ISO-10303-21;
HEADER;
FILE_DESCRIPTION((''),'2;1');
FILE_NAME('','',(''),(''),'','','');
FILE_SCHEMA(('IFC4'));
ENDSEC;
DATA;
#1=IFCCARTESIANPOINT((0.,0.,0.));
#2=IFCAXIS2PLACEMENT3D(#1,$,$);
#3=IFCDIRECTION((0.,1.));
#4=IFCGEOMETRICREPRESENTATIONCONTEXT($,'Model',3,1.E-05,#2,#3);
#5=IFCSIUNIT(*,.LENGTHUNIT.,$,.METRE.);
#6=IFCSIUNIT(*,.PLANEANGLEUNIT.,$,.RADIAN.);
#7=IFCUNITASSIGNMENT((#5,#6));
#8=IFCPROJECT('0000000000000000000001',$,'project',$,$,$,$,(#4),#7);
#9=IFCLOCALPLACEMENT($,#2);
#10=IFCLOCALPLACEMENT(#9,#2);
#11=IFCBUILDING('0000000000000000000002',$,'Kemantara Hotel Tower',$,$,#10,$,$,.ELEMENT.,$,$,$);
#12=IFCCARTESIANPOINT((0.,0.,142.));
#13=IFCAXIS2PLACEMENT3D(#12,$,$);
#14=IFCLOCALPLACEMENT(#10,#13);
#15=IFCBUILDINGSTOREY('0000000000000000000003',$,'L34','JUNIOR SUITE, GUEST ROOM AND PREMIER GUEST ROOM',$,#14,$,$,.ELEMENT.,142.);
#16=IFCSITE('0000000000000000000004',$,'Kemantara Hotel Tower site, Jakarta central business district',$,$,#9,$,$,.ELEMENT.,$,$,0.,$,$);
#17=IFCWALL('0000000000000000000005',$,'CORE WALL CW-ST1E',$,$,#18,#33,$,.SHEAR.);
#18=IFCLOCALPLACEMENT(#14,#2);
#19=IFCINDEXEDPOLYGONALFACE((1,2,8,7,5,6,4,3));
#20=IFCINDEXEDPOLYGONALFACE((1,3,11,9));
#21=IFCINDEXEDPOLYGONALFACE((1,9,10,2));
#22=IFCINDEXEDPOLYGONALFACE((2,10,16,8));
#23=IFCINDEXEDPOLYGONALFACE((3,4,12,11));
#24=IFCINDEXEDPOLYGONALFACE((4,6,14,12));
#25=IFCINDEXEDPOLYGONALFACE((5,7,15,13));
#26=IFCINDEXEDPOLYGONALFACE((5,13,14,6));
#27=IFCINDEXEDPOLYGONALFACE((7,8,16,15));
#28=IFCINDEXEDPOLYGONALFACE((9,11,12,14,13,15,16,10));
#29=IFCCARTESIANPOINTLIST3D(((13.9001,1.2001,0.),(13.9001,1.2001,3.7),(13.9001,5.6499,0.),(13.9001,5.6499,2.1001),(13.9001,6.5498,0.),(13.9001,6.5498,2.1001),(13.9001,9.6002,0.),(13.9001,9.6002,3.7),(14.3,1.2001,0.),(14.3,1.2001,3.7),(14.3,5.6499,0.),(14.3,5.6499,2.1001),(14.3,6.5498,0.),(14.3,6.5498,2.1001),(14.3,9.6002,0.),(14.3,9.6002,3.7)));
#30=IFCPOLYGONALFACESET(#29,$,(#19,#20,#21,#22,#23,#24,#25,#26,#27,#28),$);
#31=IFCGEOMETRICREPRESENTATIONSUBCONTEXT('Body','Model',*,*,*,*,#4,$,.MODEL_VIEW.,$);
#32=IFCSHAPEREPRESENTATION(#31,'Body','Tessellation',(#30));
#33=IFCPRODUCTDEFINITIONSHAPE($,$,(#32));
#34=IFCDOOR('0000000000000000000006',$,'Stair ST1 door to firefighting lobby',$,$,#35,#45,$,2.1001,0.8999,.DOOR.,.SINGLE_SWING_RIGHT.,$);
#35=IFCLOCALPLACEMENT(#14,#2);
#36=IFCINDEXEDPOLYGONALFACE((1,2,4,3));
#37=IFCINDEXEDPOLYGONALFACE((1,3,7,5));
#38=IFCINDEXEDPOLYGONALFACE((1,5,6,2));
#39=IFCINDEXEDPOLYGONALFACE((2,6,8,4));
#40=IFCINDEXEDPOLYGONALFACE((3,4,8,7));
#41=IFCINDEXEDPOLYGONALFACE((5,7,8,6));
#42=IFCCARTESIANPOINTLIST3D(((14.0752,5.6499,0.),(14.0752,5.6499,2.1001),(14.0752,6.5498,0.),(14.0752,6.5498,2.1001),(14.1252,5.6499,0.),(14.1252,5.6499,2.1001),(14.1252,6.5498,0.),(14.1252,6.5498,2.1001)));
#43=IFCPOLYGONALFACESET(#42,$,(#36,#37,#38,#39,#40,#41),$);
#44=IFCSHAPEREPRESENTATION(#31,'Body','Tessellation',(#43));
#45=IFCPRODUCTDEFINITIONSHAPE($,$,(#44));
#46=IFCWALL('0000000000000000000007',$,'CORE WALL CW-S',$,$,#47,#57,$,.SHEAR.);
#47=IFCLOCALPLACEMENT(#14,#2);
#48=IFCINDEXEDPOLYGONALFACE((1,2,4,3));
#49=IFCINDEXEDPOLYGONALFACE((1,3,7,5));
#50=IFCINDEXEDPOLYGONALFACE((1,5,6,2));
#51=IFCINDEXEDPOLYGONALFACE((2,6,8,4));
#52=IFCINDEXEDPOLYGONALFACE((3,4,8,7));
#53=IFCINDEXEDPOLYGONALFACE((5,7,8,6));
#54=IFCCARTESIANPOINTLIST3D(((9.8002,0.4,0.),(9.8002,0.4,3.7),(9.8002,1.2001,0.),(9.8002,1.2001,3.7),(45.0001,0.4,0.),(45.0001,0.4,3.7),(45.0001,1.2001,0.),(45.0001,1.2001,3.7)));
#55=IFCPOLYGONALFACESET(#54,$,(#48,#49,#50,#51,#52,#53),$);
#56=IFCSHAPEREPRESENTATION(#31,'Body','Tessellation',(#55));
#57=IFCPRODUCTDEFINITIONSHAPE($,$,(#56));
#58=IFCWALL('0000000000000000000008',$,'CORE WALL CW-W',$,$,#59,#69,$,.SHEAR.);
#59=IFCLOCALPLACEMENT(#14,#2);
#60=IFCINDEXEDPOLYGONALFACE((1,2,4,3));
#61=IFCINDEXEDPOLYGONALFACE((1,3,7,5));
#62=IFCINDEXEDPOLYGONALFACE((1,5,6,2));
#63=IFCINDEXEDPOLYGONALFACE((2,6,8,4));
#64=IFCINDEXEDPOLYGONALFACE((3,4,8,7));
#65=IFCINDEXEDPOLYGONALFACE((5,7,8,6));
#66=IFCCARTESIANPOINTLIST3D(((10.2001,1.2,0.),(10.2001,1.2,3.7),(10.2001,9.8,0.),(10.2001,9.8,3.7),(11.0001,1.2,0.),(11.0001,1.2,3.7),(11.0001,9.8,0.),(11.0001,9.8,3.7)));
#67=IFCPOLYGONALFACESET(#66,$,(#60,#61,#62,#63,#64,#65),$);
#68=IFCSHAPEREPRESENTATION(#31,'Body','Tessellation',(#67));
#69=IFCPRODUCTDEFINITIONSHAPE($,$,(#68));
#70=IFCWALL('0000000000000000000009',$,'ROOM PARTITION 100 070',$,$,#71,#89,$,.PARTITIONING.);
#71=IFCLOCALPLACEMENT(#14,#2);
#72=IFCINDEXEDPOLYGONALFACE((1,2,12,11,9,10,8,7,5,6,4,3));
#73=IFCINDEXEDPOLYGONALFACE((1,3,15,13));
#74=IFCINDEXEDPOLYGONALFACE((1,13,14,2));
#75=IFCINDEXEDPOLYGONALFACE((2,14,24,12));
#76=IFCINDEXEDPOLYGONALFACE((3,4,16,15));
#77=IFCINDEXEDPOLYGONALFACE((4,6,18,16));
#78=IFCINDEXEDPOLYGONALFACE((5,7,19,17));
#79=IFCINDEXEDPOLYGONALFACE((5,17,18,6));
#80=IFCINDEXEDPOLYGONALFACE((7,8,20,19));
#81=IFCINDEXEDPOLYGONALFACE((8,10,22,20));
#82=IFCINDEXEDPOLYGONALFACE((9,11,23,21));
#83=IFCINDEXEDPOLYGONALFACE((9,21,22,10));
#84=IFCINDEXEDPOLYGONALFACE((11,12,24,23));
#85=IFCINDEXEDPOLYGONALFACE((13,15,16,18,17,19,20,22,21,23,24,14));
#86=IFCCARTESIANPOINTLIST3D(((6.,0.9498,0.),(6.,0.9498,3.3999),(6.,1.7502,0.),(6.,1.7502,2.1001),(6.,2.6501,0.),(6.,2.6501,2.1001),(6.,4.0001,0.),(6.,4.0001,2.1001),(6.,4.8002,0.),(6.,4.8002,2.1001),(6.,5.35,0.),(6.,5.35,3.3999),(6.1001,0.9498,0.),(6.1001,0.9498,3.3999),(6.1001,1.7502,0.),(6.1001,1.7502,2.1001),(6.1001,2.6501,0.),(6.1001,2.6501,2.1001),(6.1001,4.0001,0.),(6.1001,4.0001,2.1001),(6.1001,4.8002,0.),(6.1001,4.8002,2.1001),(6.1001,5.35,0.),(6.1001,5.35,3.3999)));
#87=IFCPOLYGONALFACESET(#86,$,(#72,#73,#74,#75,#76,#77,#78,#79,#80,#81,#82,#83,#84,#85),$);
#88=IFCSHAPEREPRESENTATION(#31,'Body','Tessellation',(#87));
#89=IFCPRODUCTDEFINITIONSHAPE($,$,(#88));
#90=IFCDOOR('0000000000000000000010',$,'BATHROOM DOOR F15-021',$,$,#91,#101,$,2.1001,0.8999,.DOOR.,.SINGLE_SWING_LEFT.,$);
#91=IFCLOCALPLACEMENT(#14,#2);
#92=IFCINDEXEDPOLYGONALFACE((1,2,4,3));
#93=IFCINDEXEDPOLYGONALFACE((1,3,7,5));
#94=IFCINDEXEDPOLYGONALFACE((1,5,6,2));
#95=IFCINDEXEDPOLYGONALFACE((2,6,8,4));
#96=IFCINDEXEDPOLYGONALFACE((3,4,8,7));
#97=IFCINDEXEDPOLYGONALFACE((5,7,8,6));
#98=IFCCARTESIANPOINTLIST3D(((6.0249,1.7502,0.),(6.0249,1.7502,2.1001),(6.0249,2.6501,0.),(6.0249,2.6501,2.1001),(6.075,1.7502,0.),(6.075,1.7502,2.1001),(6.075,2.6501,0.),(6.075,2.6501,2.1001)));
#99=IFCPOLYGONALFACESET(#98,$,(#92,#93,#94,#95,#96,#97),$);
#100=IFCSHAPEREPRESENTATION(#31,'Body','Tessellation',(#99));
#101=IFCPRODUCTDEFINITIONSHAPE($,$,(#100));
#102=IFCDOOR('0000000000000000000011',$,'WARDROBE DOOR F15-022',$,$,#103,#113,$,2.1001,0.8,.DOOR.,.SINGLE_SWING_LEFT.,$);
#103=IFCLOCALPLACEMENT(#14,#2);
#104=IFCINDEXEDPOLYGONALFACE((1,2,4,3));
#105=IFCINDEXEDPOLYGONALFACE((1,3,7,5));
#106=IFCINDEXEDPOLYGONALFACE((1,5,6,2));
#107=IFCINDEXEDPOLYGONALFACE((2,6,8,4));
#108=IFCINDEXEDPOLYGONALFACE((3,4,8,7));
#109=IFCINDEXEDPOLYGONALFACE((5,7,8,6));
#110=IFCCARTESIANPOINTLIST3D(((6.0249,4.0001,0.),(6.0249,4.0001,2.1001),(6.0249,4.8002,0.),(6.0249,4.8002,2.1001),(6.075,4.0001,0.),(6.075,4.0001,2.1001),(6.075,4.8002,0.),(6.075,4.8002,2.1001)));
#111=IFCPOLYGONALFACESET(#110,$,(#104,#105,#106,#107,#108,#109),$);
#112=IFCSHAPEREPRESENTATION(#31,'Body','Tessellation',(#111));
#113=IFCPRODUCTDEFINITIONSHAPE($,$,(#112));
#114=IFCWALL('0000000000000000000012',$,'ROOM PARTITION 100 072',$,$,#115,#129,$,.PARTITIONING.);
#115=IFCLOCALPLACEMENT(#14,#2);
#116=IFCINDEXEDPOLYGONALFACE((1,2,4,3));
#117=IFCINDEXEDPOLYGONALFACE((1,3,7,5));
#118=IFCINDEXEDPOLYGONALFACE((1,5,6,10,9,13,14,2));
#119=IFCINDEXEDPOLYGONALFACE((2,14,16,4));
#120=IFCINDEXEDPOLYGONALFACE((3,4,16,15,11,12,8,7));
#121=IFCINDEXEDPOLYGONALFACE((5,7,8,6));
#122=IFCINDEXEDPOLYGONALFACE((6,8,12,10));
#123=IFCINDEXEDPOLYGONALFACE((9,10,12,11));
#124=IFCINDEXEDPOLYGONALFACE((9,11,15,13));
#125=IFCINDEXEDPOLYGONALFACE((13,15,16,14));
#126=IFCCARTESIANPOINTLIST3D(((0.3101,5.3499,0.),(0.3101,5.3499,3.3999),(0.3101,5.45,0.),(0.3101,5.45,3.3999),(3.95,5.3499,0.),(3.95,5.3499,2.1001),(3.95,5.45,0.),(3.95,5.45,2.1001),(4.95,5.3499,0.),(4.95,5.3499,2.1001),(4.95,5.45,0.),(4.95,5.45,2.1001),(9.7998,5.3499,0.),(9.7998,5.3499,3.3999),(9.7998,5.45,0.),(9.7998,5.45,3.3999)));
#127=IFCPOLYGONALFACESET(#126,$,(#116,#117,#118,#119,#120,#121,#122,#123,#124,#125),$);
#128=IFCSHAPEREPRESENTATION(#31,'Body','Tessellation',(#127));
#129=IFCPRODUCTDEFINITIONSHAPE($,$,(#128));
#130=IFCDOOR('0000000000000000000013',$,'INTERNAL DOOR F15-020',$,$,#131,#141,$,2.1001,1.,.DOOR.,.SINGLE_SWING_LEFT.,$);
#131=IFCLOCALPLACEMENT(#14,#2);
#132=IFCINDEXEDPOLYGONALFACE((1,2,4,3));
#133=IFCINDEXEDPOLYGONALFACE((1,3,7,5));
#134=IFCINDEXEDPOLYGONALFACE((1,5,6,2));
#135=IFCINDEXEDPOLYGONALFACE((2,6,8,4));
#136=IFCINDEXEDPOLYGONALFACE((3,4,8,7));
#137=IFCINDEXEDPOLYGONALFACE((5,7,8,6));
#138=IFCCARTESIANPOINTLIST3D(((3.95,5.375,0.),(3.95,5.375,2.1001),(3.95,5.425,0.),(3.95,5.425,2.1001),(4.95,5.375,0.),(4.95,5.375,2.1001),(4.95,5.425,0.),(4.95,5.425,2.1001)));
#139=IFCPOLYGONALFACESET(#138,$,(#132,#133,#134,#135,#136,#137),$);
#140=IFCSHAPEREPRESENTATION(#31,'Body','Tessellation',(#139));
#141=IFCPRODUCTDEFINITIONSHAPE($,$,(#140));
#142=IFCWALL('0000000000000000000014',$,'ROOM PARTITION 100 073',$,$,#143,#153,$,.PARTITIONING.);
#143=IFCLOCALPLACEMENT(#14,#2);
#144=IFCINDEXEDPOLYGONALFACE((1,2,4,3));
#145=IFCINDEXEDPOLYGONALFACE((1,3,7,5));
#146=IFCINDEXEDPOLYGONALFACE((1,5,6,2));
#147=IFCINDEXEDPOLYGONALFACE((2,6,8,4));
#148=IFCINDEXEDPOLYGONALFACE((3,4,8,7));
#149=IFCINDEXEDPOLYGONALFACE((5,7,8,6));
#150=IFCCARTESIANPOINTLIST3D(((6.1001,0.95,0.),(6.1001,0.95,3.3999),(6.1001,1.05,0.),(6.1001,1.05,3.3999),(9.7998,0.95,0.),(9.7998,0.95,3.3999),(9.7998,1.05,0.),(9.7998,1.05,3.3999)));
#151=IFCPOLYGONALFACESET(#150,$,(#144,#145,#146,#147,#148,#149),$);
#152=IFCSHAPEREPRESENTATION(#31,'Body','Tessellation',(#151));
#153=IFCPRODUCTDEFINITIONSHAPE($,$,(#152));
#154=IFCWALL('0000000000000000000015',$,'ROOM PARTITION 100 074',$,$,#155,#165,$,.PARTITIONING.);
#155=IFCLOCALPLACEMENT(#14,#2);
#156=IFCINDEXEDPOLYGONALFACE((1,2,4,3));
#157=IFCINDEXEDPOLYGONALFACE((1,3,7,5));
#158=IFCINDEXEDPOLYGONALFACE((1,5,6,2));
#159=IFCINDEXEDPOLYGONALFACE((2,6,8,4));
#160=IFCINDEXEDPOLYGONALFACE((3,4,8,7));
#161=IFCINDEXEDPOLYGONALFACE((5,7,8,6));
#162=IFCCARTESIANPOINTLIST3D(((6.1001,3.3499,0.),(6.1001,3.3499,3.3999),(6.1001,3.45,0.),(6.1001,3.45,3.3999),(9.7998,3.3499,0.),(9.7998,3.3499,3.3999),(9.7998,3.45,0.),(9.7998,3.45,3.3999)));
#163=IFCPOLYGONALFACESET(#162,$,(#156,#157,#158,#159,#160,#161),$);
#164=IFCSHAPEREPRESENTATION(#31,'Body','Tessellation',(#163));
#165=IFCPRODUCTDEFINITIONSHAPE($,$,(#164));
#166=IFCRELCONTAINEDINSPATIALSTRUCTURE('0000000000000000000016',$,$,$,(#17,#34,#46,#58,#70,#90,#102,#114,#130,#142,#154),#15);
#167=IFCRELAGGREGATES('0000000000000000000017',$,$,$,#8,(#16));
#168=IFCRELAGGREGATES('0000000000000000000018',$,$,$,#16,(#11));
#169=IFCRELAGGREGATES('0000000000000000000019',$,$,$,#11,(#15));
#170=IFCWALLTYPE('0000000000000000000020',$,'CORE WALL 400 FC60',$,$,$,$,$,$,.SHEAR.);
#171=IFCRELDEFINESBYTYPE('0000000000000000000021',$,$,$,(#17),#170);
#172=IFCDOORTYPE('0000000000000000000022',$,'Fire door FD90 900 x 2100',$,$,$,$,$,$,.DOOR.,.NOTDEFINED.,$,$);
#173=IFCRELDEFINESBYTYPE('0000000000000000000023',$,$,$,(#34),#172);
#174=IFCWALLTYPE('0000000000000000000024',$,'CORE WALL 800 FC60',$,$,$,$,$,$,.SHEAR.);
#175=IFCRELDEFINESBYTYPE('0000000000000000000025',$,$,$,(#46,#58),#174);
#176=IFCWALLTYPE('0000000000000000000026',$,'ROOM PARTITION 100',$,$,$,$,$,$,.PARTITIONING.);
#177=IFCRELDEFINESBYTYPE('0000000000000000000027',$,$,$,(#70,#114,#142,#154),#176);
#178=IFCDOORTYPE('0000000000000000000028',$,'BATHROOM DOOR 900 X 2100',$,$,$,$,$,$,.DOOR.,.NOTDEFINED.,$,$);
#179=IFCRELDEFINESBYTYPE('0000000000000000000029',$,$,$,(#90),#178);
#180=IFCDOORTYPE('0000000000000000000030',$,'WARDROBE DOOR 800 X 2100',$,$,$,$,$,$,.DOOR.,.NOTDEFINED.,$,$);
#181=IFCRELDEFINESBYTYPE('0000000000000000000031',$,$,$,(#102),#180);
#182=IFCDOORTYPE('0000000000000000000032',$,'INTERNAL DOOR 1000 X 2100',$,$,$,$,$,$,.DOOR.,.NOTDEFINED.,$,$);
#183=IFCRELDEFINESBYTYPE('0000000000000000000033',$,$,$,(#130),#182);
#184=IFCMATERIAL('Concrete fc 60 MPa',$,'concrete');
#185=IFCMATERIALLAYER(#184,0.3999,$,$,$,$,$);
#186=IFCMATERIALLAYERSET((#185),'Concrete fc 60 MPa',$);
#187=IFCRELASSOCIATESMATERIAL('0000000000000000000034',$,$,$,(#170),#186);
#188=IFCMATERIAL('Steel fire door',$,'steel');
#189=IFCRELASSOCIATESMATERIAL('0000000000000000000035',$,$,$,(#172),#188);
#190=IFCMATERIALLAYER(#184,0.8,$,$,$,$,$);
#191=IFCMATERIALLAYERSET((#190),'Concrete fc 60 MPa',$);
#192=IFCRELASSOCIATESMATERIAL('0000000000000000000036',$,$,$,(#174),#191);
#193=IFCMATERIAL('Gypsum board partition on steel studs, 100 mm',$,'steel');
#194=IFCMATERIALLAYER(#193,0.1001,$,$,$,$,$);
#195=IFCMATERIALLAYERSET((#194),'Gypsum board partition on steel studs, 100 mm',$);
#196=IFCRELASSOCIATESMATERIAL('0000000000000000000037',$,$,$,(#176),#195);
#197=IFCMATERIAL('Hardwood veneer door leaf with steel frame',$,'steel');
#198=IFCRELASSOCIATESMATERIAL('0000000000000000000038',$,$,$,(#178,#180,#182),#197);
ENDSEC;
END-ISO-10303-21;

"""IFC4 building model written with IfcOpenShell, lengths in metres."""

from ifc_helpers import new_model, si_unit, direction, frame, frame_2d, origin, place, context, subcontext, project, spatial, rectangle, extrude, material, layer, layer_set, type_object, element, fill, save


model = new_model("IFC4")

# Units and contexts
model_context = context("Model", 3, precision=1e-05, world=origin(), true_north=direction((0.0, 1.0)))
body_context = subcontext(model_context, "Body", "Model", "MODEL_VIEW")
ifc_project = project(units=[si_unit("LENGTHUNIT", "METRE"), si_unit("PLANEANGLEUNIT", "RADIAN")], contexts=[model_context])

# Site, building, storey
site_placement = place(None, origin())
site = spatial("IfcSite", under=ifc_project, at=site_placement, Name="Kemantara Hotel Tower site, Jakarta central business district", CompositionType="ELEMENT", RefElevation=0.0)
building_placement = place(site_placement, origin())
building = spatial("IfcBuilding", under=site, at=building_placement, Name="Kemantara Hotel Tower", CompositionType="ELEMENT")
storey_placement = place(building_placement, frame((0.0, 0.0, 142.0)))
storey = spatial("IfcBuildingStorey", under=building, at=storey_placement, Name="L34", Description="JUNIOR SUITE, GUEST ROOM AND PREMIER GUEST ROOM", CompositionType="ELEMENT", Elevation=142.0)

# Shared definitions
ifc_material_1 = material(Name="Concrete fc 60 MPa", Category="concrete")

# Shared definitions
ifc_layer_1 = layer(ifc_material_1, 0.3999)
ifc_layer_set_1 = layer_set([ifc_layer_1], Name="Concrete fc 60 MPa")
wall_type_1 = type_object("IfcWallType", Name="CORE WALL 400 FC60", PredefinedType="SHEAR", material=ifc_layer_set_1)
ifc_material_2 = material(Name="Steel fire door", Category="steel")

# Wall, opening, door
wall_1_placement = place(storey_placement, frame((14.1001, 1.2, 0.0), z_axis=(0.0, 0.0, 1.0), x_axis=(0.0, 1.0, 0.0)))
wall_1 = element("IfcWall", 1, at=wall_1_placement, inside=storey, type_object=wall_type_1, Name="CORE WALL CW-ST1E", PredefinedType="SHEAR", context=body_context, shape_type="SweptSolid", body=[
    extrude(rectangle(XDim=8.4001, YDim=0.3999, at=frame_2d((4.2002, 0.0))), origin(), (0.0, 0.0, 1.0), 3.7),
])
opening_1_placement = place(wall_1_placement, frame((4.45, 0.0, 0.0)))
opening_1 = element("IfcOpeningElement", 2, at=opening_1_placement, cuts=wall_1, PredefinedType="OPENING", context=body_context, shape_type="SweptSolid", body=[
    extrude(rectangle(XDim=0.8999, YDim=2.1001, at=frame_2d((0.45, 1.05))), frame((0.0, 0.21, 0.0), z_axis=(0.0, -1.0, 0.0), x_axis=(1.0, 0.0, 0.0)), (0.0, 0.0, 1.0), 0.4199),
])
door_type_1 = type_object("IfcDoorType", Name="Fire door FD90 900 x 2100", OperationType="NOTDEFINED", PredefinedType="DOOR", material=ifc_material_2)
door_1_placement = place(opening_1_placement, origin())
door_1 = element("IfcDoor", 3, at=door_1_placement, inside=storey, type_object=door_type_1, Name="Stair ST1 door to firefighting lobby", OperationType="SINGLE_SWING_RIGHT", OverallHeight=2.1001, OverallWidth=0.8999, PredefinedType="DOOR", context=body_context, shape_type="SweptSolid", body=[
    extrude(rectangle(XDim=0.8999, YDim=2.1001, at=frame_2d((0.45, 1.05))), frame((0.0, 0.0249, 0.0), z_axis=(0.0, -1.0, 0.0), x_axis=(1.0, 0.0, 0.0)), (0.0, 0.0, 1.0), 0.05),
])
fill(opening_1, door_1)

# Walls
ifc_layer_2 = layer(ifc_material_1, 0.8)
ifc_layer_set_2 = layer_set([ifc_layer_2], Name="Concrete fc 60 MPa")
wall_type_2 = type_object("IfcWallType", Name="CORE WALL 800 FC60", PredefinedType="SHEAR", material=ifc_layer_set_2)
wall_2_placement = place(storey_placement, frame((9.8, 0.8, 0.0), z_axis=(0.0, 0.0, 1.0), x_axis=(1.0, 0.0, 0.0)))
element("IfcWall", 4, at=wall_2_placement, inside=storey, type_object=wall_type_2, Name="CORE WALL CW-S", PredefinedType="SHEAR", context=body_context, shape_type="SweptSolid", body=[
    extrude(rectangle(XDim=35.2, YDim=0.8, at=frame_2d((17.6001, 0.0))), origin(), (0.0, 0.0, 1.0), 3.7),
])
wall_3_placement = place(storey_placement, frame((10.6001, 1.2, 0.0), z_axis=(0.0, 0.0, 1.0), x_axis=(0.0, 1.0, 0.0)))
element("IfcWall", 5, at=wall_3_placement, inside=storey, type_object=wall_type_2, Name="CORE WALL CW-W", PredefinedType="SHEAR", context=body_context, shape_type="SweptSolid", body=[
    extrude(rectangle(XDim=8.6001, YDim=0.8, at=frame_2d((4.3, 0.0))), origin(), (0.0, 0.0, 1.0), 3.7),
])

# Wall, openings, doors
ifc_material_3 = material(Name="Gypsum board partition on steel studs, 100 mm", Category="steel")
ifc_layer_3 = layer(ifc_material_3, 0.1001)
ifc_layer_set_3 = layer_set([ifc_layer_3], Name="Gypsum board partition on steel studs, 100 mm")
wall_type_3 = type_object("IfcWallType", Name="ROOM PARTITION 100", PredefinedType="PARTITIONING", material=ifc_layer_set_3)
wall_4_placement = place(storey_placement, frame((6.05, 5.3501, 0.0), z_axis=(0.0, 0.0, 1.0), x_axis=(0.0, -1.0, 0.0)))
wall_4 = element("IfcWall", 6, at=wall_4_placement, inside=storey, type_object=wall_type_3, Name="ROOM PARTITION 100 070", PredefinedType="PARTITIONING", context=body_context, shape_type="SweptSolid", body=[
    extrude(rectangle(XDim=4.4001, YDim=0.1001, at=frame_2d((2.2002, 0.0))), origin(), (0.0, 0.0, 1.0), 3.3999),
])
opening_2_placement = place(wall_4_placement, frame((2.7, 0.0, 0.0)))
opening_2 = element("IfcOpeningElement", 7, at=opening_2_placement, cuts=wall_4, PredefinedType="OPENING", context=body_context, shape_type="SweptSolid", body=[
    extrude(rectangle(XDim=0.8999, YDim=2.1001, at=frame_2d((0.45, 1.05))), frame((0.0, 0.0601, 0.0), z_axis=(0.0, -1.0, 0.0), x_axis=(1.0, 0.0, 0.0)), (0.0, 0.0, 1.0), 0.1201),
])
opening_3_placement = place(wall_4_placement, frame((0.55, 0.0, 0.0)))
opening_3 = element("IfcOpeningElement", 8, at=opening_3_placement, cuts=wall_4, PredefinedType="OPENING", context=body_context, shape_type="SweptSolid", body=[
    extrude(rectangle(XDim=0.8, YDim=2.1001, at=frame_2d((0.3999, 1.05))), frame((0.0, 0.0601, 0.0), z_axis=(0.0, -1.0, 0.0), x_axis=(1.0, 0.0, 0.0)), (0.0, 0.0, 1.0), 0.1201),
])
ifc_material_4 = material(Name="Hardwood veneer door leaf with steel frame", Category="steel")
door_type_2 = type_object("IfcDoorType", Name="BATHROOM DOOR 900 X 2100", OperationType="NOTDEFINED", PredefinedType="DOOR", material=ifc_material_4)
door_2_placement = place(opening_2_placement, origin())
door_2 = element("IfcDoor", 9, at=door_2_placement, inside=storey, type_object=door_type_2, Name="BATHROOM DOOR F15-021", OperationType="SINGLE_SWING_LEFT", OverallHeight=2.1001, OverallWidth=0.8999, PredefinedType="DOOR", context=body_context, shape_type="SweptSolid", body=[
    extrude(rectangle(XDim=0.8999, YDim=2.1001, at=frame_2d((0.45, 1.05))), frame((0.0, 0.0249, 0.0), z_axis=(0.0, -1.0, 0.0), x_axis=(1.0, 0.0, 0.0)), (0.0, 0.0, 1.0), 0.05),
])
fill(opening_2, door_2)
door_type_3 = type_object("IfcDoorType", Name="WARDROBE DOOR 800 X 2100", OperationType="NOTDEFINED", PredefinedType="DOOR", material=ifc_material_4)
door_3_placement = place(opening_3_placement, origin())
door_3 = element("IfcDoor", 10, at=door_3_placement, inside=storey, type_object=door_type_3, Name="WARDROBE DOOR F15-022", OperationType="SINGLE_SWING_LEFT", OverallHeight=2.1001, OverallWidth=0.8, PredefinedType="DOOR", context=body_context, shape_type="SweptSolid", body=[
    extrude(rectangle(XDim=0.8, YDim=2.1001, at=frame_2d((0.3999, 1.05))), frame((0.0, 0.0249, 0.0), z_axis=(0.0, -1.0, 0.0), x_axis=(1.0, 0.0, 0.0)), (0.0, 0.0, 1.0), 0.05),
])
fill(opening_3, door_3)

# Wall, opening, door
wall_5_placement = place(storey_placement, frame((9.7998, 5.3999, 0.0), z_axis=(0.0, 0.0, 1.0), x_axis=(-1.0, 0.0, 0.0)))
wall_5 = element("IfcWall", 11, at=wall_5_placement, inside=storey, type_object=wall_type_3, Name="ROOM PARTITION 100 072", PredefinedType="PARTITIONING", context=body_context, shape_type="SweptSolid", body=[
    extrude(rectangle(XDim=9.4897, YDim=0.1001, at=frame_2d((4.7449, 0.0))), origin(), (0.0, 0.0, 1.0), 3.3999),
])
opening_4_placement = place(wall_5_placement, frame((4.8499, 0.0, 0.0)))
opening_4 = element("IfcOpeningElement", 12, at=opening_4_placement, cuts=wall_5, PredefinedType="OPENING", context=body_context, shape_type="SweptSolid", body=[
    extrude(rectangle(XDim=1.0, YDim=2.1001, at=frame_2d((0.5, 1.05))), frame((0.0, 0.0601, 0.0), z_axis=(0.0, -1.0, 0.0), x_axis=(1.0, 0.0, 0.0)), (0.0, 0.0, 1.0), 0.1201),
])
door_type_4 = type_object("IfcDoorType", Name="INTERNAL DOOR 1000 X 2100", OperationType="NOTDEFINED", PredefinedType="DOOR", material=ifc_material_4)
door_4_placement = place(opening_4_placement, origin())
door_4 = element("IfcDoor", 13, at=door_4_placement, inside=storey, type_object=door_type_4, Name="INTERNAL DOOR F15-020", OperationType="SINGLE_SWING_LEFT", OverallHeight=2.1001, OverallWidth=1.0, PredefinedType="DOOR", context=body_context, shape_type="SweptSolid", body=[
    extrude(rectangle(XDim=1.0, YDim=2.1001, at=frame_2d((0.5, 1.05))), frame((0.0, 0.0249, 0.0), z_axis=(0.0, -1.0, 0.0), x_axis=(1.0, 0.0, 0.0)), (0.0, 0.0, 1.0), 0.05),
])
fill(opening_4, door_4)

# Walls
for number, where, z_axis, x_axis, name in (
    (14, (6.1001, 1.0, 0.0), (0.0, 0.0, 1.0), (1.0, 0.0, 0.0), "ROOM PARTITION 100 073"),
    (15, (6.1001, 3.3999, 0.0), (0.0, 0.0, 1.0), (1.0, 0.0, 0.0), "ROOM PARTITION 100 074"),
):
    element("IfcWall", number, at=place(storey_placement, frame(where, z_axis=z_axis, x_axis=x_axis)), inside=storey, type_object=wall_type_3, Name=name, PredefinedType="PARTITIONING", context=body_context, shape_type="SweptSolid", body=[
        extrude(rectangle(XDim=3.6997, YDim=0.1001, at=frame_2d((1.8499, 0.0))), origin(), (0.0, 0.0, 1.0), 3.3999),
    ])

save(model, "model.ifc")
